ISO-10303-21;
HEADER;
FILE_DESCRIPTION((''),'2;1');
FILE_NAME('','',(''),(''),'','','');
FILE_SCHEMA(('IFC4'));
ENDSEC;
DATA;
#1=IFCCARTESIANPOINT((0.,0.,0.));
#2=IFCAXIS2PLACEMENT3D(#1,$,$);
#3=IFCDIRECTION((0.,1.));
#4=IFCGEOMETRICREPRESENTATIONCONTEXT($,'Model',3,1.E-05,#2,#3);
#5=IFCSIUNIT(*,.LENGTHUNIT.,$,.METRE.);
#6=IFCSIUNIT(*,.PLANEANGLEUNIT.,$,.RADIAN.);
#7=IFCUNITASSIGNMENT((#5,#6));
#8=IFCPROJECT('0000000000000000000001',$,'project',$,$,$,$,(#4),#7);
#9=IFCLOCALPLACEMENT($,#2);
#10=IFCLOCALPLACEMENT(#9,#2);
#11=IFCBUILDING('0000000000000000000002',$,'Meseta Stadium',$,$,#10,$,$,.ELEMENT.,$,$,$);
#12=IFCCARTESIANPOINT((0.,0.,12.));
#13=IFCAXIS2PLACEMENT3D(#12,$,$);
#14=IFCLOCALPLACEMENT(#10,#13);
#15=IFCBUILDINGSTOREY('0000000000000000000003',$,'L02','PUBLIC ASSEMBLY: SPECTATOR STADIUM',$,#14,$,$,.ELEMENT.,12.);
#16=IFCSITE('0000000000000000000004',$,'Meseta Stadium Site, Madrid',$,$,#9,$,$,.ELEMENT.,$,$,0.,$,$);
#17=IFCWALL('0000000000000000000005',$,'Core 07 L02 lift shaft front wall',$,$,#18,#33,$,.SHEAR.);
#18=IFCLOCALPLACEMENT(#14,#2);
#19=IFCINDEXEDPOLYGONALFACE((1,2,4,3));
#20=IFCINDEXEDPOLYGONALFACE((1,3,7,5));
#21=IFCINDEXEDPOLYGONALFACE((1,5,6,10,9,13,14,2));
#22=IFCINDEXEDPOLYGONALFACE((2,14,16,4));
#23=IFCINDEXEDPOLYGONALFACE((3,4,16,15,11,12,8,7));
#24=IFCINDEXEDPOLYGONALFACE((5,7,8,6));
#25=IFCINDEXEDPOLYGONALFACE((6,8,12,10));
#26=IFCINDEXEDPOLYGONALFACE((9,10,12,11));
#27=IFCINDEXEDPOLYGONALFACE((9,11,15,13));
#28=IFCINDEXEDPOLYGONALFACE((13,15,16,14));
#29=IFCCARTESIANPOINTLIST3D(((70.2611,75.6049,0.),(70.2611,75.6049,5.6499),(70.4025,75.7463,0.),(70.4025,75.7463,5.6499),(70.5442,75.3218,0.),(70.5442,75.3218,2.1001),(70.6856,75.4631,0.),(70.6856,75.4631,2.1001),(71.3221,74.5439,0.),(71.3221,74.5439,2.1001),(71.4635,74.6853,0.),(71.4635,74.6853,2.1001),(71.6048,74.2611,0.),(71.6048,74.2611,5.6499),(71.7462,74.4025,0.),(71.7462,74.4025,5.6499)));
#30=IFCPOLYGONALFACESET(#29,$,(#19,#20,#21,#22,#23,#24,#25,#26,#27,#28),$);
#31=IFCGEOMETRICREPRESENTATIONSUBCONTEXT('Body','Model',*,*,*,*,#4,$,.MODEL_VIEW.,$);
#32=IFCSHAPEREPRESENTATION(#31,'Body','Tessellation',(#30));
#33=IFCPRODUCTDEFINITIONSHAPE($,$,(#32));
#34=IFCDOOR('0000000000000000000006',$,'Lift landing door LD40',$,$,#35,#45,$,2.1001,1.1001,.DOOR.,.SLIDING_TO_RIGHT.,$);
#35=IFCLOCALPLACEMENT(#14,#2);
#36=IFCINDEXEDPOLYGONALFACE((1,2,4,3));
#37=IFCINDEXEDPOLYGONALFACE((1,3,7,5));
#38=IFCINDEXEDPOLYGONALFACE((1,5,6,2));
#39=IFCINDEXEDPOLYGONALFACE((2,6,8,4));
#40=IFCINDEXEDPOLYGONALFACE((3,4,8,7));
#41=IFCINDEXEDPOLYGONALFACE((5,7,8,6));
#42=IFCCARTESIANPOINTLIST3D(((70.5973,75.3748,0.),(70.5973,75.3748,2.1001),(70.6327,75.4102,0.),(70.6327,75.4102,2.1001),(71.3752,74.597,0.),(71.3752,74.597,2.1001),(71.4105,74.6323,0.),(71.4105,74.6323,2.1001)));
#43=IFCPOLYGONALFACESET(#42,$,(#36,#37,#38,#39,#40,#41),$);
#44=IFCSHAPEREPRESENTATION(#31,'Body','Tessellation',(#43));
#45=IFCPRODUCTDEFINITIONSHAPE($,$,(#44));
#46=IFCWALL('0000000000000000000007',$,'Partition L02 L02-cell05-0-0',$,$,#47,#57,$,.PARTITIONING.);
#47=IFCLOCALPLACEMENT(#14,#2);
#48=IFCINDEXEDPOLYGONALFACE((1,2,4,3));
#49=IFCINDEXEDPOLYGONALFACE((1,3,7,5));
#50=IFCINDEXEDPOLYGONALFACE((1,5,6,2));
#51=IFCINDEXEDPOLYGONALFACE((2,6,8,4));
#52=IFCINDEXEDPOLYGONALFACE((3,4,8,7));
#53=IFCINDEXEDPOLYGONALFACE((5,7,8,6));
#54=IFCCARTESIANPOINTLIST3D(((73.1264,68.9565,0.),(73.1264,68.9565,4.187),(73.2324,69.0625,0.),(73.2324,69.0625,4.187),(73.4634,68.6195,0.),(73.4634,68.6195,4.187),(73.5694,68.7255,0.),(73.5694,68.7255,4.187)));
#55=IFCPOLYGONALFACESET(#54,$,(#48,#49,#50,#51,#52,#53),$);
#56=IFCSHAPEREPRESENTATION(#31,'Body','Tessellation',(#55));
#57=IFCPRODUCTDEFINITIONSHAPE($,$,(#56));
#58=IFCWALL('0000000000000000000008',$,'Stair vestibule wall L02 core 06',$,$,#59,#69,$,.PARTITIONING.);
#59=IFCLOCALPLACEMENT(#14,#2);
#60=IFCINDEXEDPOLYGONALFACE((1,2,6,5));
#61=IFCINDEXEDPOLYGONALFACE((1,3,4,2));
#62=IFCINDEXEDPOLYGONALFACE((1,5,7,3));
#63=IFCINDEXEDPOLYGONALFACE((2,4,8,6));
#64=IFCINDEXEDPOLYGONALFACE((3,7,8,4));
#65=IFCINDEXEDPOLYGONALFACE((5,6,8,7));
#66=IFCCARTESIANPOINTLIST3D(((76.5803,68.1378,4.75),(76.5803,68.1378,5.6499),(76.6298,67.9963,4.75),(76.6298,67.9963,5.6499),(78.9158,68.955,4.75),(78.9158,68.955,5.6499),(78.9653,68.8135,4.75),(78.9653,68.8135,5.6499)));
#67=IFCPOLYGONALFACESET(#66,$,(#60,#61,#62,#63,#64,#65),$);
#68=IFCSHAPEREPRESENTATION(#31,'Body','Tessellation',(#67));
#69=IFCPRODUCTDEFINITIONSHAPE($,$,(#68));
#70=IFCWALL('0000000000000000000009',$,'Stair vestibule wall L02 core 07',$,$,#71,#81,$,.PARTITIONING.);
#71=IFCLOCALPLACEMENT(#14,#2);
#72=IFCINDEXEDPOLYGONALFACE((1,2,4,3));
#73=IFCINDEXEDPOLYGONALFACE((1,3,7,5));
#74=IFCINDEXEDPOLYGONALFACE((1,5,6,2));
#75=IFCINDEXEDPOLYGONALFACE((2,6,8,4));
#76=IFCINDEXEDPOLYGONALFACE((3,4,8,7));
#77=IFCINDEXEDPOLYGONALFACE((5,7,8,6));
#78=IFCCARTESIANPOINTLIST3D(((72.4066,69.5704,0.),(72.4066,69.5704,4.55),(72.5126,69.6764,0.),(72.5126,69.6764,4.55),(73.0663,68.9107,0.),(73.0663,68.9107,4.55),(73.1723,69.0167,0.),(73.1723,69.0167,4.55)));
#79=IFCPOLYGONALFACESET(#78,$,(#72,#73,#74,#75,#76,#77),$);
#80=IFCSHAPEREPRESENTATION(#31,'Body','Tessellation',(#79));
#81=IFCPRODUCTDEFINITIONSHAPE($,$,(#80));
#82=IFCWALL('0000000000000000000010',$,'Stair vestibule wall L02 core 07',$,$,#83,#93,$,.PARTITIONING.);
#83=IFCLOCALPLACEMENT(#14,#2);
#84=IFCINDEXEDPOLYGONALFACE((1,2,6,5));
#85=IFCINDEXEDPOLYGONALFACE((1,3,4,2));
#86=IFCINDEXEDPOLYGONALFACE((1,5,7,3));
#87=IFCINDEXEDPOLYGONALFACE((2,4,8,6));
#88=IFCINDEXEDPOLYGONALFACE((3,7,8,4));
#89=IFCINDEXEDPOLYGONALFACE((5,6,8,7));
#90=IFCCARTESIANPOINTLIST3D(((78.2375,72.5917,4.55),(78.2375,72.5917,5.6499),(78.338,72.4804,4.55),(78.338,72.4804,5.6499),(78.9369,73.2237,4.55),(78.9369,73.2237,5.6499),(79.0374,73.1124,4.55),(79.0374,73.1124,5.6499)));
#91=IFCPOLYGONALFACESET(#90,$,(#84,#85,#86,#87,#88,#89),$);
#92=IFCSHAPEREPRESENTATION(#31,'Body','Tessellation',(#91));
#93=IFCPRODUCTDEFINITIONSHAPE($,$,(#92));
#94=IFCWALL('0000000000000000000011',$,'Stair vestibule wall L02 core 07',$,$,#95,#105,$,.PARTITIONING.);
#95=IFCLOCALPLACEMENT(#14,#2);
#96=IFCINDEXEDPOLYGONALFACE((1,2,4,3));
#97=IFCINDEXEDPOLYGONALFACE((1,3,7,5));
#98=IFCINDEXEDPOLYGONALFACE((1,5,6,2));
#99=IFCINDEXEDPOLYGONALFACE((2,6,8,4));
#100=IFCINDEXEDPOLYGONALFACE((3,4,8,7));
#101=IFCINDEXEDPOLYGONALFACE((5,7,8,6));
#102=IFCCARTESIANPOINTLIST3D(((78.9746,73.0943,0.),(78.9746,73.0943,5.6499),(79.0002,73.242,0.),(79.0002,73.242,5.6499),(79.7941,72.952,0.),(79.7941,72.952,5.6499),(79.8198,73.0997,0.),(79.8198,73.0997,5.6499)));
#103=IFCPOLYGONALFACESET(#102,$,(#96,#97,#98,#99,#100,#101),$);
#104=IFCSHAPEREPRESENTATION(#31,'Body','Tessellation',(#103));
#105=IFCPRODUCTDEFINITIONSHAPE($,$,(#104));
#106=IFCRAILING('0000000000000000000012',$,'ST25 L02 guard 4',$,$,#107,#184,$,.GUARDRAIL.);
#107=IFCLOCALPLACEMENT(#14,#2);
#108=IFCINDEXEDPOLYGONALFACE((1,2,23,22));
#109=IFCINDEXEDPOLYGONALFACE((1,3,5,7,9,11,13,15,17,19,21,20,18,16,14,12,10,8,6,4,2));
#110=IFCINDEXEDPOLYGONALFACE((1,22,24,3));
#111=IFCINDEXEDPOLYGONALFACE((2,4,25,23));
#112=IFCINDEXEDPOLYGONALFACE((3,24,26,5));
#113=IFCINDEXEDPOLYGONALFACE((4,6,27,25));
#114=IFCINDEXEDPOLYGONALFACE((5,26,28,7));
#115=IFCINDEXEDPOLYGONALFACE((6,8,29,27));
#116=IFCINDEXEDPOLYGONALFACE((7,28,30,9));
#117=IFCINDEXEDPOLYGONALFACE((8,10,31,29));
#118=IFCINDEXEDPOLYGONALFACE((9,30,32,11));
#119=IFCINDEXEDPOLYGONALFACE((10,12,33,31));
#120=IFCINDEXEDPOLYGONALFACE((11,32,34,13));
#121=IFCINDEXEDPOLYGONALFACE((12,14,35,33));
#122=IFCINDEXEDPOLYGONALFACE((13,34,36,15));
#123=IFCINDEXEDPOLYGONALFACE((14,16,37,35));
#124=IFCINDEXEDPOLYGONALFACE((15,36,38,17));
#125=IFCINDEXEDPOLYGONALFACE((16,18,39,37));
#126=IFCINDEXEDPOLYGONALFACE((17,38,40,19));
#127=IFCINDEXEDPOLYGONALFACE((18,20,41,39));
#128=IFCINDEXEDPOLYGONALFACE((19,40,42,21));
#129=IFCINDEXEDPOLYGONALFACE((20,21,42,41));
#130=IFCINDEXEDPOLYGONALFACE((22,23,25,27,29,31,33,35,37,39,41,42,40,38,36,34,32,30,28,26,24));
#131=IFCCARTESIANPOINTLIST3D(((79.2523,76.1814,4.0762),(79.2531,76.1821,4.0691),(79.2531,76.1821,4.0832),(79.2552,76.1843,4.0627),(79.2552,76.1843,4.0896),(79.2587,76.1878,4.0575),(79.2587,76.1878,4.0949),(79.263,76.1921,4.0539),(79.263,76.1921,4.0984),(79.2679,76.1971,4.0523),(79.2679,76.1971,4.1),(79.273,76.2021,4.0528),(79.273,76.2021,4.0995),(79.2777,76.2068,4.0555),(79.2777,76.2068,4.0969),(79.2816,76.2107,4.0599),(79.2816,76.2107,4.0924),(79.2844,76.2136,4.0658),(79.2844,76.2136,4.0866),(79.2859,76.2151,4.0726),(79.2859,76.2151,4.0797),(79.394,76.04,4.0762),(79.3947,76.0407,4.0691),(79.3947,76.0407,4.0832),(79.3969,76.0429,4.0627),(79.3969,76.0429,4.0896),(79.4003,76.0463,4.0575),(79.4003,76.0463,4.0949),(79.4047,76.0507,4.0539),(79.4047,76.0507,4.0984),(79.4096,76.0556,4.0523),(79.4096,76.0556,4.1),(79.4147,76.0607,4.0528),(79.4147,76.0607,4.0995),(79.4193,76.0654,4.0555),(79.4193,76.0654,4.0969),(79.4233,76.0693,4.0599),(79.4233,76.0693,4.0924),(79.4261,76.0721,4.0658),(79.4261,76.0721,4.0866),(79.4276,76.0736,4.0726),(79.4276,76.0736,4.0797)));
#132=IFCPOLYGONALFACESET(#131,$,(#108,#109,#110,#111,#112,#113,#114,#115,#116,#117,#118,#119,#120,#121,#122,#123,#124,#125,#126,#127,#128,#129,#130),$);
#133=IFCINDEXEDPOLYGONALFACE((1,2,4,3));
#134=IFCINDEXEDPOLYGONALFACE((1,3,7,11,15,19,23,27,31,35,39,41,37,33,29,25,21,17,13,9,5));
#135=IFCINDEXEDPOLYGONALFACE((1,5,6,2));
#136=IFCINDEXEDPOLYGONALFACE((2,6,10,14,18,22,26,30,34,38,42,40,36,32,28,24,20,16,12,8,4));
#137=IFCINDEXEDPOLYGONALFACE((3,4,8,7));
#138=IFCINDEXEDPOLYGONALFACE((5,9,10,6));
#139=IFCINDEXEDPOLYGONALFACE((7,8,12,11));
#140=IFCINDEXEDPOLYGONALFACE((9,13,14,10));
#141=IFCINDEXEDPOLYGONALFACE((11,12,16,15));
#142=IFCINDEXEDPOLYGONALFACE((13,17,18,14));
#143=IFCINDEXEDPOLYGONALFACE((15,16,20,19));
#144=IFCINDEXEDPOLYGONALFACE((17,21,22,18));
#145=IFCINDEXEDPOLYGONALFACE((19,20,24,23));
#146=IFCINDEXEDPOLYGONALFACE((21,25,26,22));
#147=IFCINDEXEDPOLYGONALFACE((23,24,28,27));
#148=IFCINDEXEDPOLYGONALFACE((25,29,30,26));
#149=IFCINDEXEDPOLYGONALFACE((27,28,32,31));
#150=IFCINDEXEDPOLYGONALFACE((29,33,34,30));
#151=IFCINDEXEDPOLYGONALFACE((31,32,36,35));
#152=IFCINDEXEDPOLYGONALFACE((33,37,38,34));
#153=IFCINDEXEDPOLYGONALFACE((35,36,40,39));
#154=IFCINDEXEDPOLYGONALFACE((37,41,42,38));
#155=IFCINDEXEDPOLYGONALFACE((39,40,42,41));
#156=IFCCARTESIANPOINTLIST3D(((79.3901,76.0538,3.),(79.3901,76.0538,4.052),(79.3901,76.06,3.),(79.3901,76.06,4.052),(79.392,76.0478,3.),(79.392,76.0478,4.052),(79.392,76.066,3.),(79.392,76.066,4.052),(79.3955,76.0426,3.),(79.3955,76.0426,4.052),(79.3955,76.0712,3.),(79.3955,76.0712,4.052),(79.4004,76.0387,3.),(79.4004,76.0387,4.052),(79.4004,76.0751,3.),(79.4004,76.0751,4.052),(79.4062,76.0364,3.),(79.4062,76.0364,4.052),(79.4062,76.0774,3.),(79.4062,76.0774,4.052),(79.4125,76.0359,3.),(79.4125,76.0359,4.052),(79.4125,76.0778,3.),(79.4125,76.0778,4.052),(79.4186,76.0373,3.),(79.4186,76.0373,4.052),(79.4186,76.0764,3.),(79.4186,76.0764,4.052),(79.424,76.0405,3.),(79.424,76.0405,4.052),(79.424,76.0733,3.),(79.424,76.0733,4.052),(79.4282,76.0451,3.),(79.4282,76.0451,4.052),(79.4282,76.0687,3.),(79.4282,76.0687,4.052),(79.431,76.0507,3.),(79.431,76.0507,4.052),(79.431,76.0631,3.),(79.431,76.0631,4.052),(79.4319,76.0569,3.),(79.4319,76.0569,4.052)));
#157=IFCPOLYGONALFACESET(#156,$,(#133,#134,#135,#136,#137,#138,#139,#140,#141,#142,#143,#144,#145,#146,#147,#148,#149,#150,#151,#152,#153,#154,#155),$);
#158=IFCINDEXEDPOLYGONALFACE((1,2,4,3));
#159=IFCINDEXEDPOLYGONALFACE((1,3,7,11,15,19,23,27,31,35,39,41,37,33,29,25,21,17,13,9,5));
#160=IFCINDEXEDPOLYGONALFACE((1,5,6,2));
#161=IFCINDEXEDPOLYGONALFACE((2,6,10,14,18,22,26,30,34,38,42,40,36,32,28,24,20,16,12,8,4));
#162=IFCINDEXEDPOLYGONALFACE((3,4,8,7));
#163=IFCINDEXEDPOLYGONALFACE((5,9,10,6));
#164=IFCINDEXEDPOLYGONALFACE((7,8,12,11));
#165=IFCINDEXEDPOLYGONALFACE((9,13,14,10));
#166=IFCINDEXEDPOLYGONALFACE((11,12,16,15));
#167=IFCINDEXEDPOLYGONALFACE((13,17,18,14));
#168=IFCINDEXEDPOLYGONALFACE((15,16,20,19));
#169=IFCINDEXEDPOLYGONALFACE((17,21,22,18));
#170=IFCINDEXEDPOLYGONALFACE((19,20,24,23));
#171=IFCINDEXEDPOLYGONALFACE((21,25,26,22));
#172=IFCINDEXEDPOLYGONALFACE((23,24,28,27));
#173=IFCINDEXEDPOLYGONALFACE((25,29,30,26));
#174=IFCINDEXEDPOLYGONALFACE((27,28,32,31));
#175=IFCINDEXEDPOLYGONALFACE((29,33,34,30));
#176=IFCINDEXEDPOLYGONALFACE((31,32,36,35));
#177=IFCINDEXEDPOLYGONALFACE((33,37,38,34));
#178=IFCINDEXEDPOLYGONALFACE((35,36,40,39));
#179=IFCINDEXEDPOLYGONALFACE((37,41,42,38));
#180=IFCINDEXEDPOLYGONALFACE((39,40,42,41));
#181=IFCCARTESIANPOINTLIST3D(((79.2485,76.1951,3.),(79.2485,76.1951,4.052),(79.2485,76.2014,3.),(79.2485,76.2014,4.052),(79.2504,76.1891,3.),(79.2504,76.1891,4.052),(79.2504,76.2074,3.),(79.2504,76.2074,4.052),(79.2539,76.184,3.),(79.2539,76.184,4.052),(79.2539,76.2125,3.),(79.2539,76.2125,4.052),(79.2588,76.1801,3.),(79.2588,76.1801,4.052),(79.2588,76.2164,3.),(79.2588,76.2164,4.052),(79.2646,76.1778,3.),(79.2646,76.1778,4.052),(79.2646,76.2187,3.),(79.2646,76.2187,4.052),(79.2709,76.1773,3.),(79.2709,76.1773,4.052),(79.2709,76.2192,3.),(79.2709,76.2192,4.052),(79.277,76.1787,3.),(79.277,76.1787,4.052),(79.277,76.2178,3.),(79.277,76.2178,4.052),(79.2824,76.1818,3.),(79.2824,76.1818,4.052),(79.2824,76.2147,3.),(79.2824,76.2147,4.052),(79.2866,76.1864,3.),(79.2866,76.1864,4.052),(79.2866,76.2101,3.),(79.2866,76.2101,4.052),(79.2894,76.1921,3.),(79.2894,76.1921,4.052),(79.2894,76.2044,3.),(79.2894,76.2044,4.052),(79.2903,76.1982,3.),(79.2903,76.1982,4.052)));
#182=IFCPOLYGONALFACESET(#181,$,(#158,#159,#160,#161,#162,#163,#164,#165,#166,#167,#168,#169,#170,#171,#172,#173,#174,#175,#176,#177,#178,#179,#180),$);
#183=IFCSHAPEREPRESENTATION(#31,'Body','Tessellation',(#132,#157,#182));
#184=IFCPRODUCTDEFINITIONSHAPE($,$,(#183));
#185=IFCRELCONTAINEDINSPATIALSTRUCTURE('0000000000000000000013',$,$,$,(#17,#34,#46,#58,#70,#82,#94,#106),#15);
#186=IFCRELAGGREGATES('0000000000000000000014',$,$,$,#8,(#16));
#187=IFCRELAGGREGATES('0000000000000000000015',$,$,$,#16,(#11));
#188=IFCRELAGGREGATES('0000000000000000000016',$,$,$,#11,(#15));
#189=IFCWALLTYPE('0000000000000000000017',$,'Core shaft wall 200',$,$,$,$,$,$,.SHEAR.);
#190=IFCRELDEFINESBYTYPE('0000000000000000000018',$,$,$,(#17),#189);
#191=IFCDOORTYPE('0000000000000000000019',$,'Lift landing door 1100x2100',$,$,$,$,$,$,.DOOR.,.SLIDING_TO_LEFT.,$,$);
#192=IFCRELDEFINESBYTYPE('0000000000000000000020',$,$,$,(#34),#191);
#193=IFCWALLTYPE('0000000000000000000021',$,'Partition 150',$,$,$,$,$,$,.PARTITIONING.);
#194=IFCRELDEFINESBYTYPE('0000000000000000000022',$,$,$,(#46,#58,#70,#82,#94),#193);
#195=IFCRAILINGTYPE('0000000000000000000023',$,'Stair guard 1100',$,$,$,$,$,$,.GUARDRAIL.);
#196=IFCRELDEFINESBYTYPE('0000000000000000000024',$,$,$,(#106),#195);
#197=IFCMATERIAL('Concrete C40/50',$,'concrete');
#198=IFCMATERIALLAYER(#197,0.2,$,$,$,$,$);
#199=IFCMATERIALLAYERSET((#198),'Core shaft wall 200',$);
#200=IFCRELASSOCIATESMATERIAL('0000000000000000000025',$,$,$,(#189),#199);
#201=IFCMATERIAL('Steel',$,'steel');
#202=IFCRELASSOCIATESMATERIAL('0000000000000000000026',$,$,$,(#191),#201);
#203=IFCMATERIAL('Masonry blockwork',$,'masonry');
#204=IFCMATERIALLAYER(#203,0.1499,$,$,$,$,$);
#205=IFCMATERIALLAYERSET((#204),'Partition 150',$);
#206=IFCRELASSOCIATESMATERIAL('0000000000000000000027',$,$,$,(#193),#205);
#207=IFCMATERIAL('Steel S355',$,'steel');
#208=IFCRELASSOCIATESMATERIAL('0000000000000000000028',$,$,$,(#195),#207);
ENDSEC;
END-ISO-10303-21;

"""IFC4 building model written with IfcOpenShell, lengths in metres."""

from ifc_helpers import new_model, si_unit, direction, frame, frame_2d, origin, origin_2d, place, context, subcontext, project, spatial, rectangle, circle, extrude, material, layer, layer_set, type_object, element, fill, save


model = new_model("IFC4")

# Units and contexts
model_context = context("Model", 3, precision=1e-05, world=origin(), true_north=direction((0.0, 1.0)))
body_context = subcontext(model_context, "Body", "Model", "MODEL_VIEW")
ifc_project = project(units=[si_unit("LENGTHUNIT", "METRE"), si_unit("PLANEANGLEUNIT", "RADIAN")], contexts=[model_context])

# Site, building, storey
site_placement = place(None, origin())
site = spatial("IfcSite", under=ifc_project, at=site_placement, Name="Meseta Stadium Site, Madrid", CompositionType="ELEMENT", RefElevation=0.0)
building_placement = place(site_placement, origin())
building = spatial("IfcBuilding", under=site, at=building_placement, Name="Meseta Stadium", CompositionType="ELEMENT")
storey_placement = place(building_placement, frame((0.0, 0.0, 12.0)))
storey = spatial("IfcBuildingStorey", under=building, at=storey_placement, Name="L02", Description="PUBLIC ASSEMBLY: SPECTATOR STADIUM", CompositionType="ELEMENT", Elevation=12.0)

# Shared definitions
ifc_material_1 = material(Name="Concrete C40/50", Category="concrete")
ifc_layer_1 = layer(ifc_material_1, 0.2)
ifc_layer_set_1 = layer_set([ifc_layer_1], Name="Core shaft wall 200")
wall_type_1 = type_object("IfcWallType", Name="Core shaft wall 200", PredefinedType="SHEAR", material=ifc_layer_set_1)

# Wall, opening, door
wall_1_placement = place(storey_placement, frame((71.6755, 74.3318, 0.0), z_axis=(0.0, 0.0, 1.0), x_axis=(-0.707107, 0.707107, 0.0)))
wall_1 = element("IfcWall", 1, at=wall_1_placement, inside=storey, type_object=wall_type_1, Name="Core 07 L02 lift shaft front wall", PredefinedType="SHEAR", context=body_context, shape_type="SweptSolid", body=[
    extrude(rectangle(XDim=1.9004, YDim=0.2, at=frame_2d((0.9502, 0.0))), origin(), (0.0, 0.0, 1.0), 5.6499),
])
opening_1_placement = place(wall_1_placement, frame((0.3999, 0.0, 0.0)))
opening_1 = element("IfcOpeningElement", 2, at=opening_1_placement, cuts=wall_1, PredefinedType="OPENING", context=body_context, shape_type="SweptSolid", body=[
    extrude(rectangle(XDim=1.1001, YDim=2.1001, at=frame_2d((0.55, 1.05))), frame((0.0, 0.1099, 0.0), z_axis=(0.0, -1.0, 0.0), x_axis=(1.0, 0.0, 0.0)), (0.0, 0.0, 1.0), 0.22),
])
ifc_material_2 = material(Name="Steel", Category="steel")
door_type_1 = type_object("IfcDoorType", Name="Lift landing door 1100x2100", OperationType="SLIDING_TO_LEFT", PredefinedType="DOOR", material=ifc_material_2)
door_1_placement = place(opening_1_placement, origin())
door_1 = element("IfcDoor", 3, at=door_1_placement, inside=storey, type_object=door_type_1, Name="Lift landing door LD40", OperationType="SLIDING_TO_RIGHT", OverallHeight=2.1001, OverallWidth=1.1001, PredefinedType="DOOR", context=body_context, shape_type="SweptSolid", body=[
    extrude(rectangle(XDim=1.1001, YDim=2.1001, at=frame_2d((0.55, 1.05))), frame((0.0, 0.0249, 0.0), z_axis=(0.0, -1.0, 0.0), x_axis=(1.0, 0.0, 0.0)), (0.0, 0.0, 1.0), 0.05),
])
fill(opening_1, door_1)

# Walls
ifc_material_3 = material(Name="Masonry blockwork", Category="masonry")
ifc_layer_2 = layer(ifc_material_3, 0.1499)
ifc_layer_set_2 = layer_set([ifc_layer_2], Name="Partition 150")
wall_type_2 = type_object("IfcWallType", Name="Partition 150", PredefinedType="PARTITIONING", material=ifc_layer_set_2)
wall_2_placement = place(storey_placement, frame((73.1794, 69.0095, 0.0), z_axis=(0.0, 0.0, 1.0), x_axis=(0.707107, -0.707107, 0.0)))
element("IfcWall", 4, at=wall_2_placement, inside=storey, type_object=wall_type_2, Name="Partition L02 L02-cell05-0-0", PredefinedType="PARTITIONING", context=body_context, shape_type="SweptSolid", body=[
    extrude(rectangle(XDim=0.4766, YDim=0.1499, at=frame_2d((0.2383, 0.0))), origin(), (0.0, 0.0, 1.0), 4.187),
])
wall_3_placement = place(storey_placement, frame((78.9407, 68.8843, 4.75), z_axis=(0.0, 0.0, 1.0), x_axis=(-0.943892, -0.330254, 0.0)))
element("IfcWall", 5, at=wall_3_placement, inside=storey, type_object=wall_type_2, Name="Stair vestibule wall L02 core 06", PredefinedType="PARTITIONING", context=body_context, shape_type="SweptSolid", body=[
    extrude(rectangle(XDim=2.4744, YDim=0.1499, at=frame_2d((1.2373, 0.0))), origin(), (0.0, 0.0, 1.0), 0.8999),
])
wall_4_placement = place(storey_placement, frame((72.4597, 69.6233, 0.0), z_axis=(0.0, 0.0, 1.0), x_axis=(0.707107, -0.707107, 0.0)))
element("IfcWall", 6, at=wall_4_placement, inside=storey, type_object=wall_type_2, Name="Stair vestibule wall L02 core 07", PredefinedType="PARTITIONING", context=body_context, shape_type="SweptSolid", body=[
    extrude(rectangle(XDim=0.9329, YDim=0.1499, at=frame_2d((0.4663, 0.0))), origin(), (0.0, 0.0, 1.0), 4.55),
])
wall_5_placement = place(storey_placement, frame((78.2878, 72.5361, 4.55), z_axis=(0.0, 0.0, 1.0), x_axis=(0.741941, 0.670466, 0.0)))
element("IfcWall", 7, at=wall_5_placement, inside=storey, type_object=wall_type_2, Name="Stair vestibule wall L02 core 07", PredefinedType="PARTITIONING", context=body_context, shape_type="SweptSolid", body=[
    extrude(rectangle(XDim=0.9426, YDim=0.1499, at=frame_2d((0.4712, 0.0))), origin(), (0.0, 0.0, 1.0), 1.0999),
])
wall_6_placement = place(storey_placement, frame((78.9873, 73.1682, 0.0), z_axis=(0.0, 0.0, 1.0), x_axis=(0.985253, -0.171106, 0.0)))
element("IfcWall", 8, at=wall_6_placement, inside=storey, type_object=wall_type_2, Name="Stair vestibule wall L02 core 07", PredefinedType="PARTITIONING", context=body_context, shape_type="SweptSolid", body=[
    extrude(rectangle(XDim=0.8318, YDim=0.1499, at=frame_2d((0.416, 0.0))), origin(), (0.0, 0.0, 1.0), 5.6499),
])

# Railing
ifc_material_4 = material(Name="Steel S355", Category="steel")
railing_type = type_object("IfcRailingType", Name="Stair guard 1100", PredefinedType="GUARDRAIL", material=ifc_material_4)
for number, where, name in (
    (9, (79.4109, 76.0569, 3.0), "ST25 L02 guard 4"),
):
    element("IfcRailing", number, at=place(storey_placement, frame(where)), inside=storey, type_object=railing_type, Name=name, PredefinedType="GUARDRAIL", context=body_context, shape_type="SweptSolid", body=[
        extrude(circle(Radius=0.0239, at=origin_2d()), frame((0.0, 0.0, 1.0762), z_axis=(-0.707717, 0.706496, 0.0), x_axis=(-0.706496, -0.707717, 0.0)), (0.0, 0.0, 1.0), 0.2002),
        extrude(circle(Radius=0.021, at=origin_2d()), origin(), (0.0, 0.0, 1.0), 1.052),
        extrude(circle(Radius=0.021, at=origin_2d()), frame((-0.1416, 0.1414, 0.0)), (0.0, 0.0, 1.0), 1.052),
    ])

save(model, "model.ifc")
